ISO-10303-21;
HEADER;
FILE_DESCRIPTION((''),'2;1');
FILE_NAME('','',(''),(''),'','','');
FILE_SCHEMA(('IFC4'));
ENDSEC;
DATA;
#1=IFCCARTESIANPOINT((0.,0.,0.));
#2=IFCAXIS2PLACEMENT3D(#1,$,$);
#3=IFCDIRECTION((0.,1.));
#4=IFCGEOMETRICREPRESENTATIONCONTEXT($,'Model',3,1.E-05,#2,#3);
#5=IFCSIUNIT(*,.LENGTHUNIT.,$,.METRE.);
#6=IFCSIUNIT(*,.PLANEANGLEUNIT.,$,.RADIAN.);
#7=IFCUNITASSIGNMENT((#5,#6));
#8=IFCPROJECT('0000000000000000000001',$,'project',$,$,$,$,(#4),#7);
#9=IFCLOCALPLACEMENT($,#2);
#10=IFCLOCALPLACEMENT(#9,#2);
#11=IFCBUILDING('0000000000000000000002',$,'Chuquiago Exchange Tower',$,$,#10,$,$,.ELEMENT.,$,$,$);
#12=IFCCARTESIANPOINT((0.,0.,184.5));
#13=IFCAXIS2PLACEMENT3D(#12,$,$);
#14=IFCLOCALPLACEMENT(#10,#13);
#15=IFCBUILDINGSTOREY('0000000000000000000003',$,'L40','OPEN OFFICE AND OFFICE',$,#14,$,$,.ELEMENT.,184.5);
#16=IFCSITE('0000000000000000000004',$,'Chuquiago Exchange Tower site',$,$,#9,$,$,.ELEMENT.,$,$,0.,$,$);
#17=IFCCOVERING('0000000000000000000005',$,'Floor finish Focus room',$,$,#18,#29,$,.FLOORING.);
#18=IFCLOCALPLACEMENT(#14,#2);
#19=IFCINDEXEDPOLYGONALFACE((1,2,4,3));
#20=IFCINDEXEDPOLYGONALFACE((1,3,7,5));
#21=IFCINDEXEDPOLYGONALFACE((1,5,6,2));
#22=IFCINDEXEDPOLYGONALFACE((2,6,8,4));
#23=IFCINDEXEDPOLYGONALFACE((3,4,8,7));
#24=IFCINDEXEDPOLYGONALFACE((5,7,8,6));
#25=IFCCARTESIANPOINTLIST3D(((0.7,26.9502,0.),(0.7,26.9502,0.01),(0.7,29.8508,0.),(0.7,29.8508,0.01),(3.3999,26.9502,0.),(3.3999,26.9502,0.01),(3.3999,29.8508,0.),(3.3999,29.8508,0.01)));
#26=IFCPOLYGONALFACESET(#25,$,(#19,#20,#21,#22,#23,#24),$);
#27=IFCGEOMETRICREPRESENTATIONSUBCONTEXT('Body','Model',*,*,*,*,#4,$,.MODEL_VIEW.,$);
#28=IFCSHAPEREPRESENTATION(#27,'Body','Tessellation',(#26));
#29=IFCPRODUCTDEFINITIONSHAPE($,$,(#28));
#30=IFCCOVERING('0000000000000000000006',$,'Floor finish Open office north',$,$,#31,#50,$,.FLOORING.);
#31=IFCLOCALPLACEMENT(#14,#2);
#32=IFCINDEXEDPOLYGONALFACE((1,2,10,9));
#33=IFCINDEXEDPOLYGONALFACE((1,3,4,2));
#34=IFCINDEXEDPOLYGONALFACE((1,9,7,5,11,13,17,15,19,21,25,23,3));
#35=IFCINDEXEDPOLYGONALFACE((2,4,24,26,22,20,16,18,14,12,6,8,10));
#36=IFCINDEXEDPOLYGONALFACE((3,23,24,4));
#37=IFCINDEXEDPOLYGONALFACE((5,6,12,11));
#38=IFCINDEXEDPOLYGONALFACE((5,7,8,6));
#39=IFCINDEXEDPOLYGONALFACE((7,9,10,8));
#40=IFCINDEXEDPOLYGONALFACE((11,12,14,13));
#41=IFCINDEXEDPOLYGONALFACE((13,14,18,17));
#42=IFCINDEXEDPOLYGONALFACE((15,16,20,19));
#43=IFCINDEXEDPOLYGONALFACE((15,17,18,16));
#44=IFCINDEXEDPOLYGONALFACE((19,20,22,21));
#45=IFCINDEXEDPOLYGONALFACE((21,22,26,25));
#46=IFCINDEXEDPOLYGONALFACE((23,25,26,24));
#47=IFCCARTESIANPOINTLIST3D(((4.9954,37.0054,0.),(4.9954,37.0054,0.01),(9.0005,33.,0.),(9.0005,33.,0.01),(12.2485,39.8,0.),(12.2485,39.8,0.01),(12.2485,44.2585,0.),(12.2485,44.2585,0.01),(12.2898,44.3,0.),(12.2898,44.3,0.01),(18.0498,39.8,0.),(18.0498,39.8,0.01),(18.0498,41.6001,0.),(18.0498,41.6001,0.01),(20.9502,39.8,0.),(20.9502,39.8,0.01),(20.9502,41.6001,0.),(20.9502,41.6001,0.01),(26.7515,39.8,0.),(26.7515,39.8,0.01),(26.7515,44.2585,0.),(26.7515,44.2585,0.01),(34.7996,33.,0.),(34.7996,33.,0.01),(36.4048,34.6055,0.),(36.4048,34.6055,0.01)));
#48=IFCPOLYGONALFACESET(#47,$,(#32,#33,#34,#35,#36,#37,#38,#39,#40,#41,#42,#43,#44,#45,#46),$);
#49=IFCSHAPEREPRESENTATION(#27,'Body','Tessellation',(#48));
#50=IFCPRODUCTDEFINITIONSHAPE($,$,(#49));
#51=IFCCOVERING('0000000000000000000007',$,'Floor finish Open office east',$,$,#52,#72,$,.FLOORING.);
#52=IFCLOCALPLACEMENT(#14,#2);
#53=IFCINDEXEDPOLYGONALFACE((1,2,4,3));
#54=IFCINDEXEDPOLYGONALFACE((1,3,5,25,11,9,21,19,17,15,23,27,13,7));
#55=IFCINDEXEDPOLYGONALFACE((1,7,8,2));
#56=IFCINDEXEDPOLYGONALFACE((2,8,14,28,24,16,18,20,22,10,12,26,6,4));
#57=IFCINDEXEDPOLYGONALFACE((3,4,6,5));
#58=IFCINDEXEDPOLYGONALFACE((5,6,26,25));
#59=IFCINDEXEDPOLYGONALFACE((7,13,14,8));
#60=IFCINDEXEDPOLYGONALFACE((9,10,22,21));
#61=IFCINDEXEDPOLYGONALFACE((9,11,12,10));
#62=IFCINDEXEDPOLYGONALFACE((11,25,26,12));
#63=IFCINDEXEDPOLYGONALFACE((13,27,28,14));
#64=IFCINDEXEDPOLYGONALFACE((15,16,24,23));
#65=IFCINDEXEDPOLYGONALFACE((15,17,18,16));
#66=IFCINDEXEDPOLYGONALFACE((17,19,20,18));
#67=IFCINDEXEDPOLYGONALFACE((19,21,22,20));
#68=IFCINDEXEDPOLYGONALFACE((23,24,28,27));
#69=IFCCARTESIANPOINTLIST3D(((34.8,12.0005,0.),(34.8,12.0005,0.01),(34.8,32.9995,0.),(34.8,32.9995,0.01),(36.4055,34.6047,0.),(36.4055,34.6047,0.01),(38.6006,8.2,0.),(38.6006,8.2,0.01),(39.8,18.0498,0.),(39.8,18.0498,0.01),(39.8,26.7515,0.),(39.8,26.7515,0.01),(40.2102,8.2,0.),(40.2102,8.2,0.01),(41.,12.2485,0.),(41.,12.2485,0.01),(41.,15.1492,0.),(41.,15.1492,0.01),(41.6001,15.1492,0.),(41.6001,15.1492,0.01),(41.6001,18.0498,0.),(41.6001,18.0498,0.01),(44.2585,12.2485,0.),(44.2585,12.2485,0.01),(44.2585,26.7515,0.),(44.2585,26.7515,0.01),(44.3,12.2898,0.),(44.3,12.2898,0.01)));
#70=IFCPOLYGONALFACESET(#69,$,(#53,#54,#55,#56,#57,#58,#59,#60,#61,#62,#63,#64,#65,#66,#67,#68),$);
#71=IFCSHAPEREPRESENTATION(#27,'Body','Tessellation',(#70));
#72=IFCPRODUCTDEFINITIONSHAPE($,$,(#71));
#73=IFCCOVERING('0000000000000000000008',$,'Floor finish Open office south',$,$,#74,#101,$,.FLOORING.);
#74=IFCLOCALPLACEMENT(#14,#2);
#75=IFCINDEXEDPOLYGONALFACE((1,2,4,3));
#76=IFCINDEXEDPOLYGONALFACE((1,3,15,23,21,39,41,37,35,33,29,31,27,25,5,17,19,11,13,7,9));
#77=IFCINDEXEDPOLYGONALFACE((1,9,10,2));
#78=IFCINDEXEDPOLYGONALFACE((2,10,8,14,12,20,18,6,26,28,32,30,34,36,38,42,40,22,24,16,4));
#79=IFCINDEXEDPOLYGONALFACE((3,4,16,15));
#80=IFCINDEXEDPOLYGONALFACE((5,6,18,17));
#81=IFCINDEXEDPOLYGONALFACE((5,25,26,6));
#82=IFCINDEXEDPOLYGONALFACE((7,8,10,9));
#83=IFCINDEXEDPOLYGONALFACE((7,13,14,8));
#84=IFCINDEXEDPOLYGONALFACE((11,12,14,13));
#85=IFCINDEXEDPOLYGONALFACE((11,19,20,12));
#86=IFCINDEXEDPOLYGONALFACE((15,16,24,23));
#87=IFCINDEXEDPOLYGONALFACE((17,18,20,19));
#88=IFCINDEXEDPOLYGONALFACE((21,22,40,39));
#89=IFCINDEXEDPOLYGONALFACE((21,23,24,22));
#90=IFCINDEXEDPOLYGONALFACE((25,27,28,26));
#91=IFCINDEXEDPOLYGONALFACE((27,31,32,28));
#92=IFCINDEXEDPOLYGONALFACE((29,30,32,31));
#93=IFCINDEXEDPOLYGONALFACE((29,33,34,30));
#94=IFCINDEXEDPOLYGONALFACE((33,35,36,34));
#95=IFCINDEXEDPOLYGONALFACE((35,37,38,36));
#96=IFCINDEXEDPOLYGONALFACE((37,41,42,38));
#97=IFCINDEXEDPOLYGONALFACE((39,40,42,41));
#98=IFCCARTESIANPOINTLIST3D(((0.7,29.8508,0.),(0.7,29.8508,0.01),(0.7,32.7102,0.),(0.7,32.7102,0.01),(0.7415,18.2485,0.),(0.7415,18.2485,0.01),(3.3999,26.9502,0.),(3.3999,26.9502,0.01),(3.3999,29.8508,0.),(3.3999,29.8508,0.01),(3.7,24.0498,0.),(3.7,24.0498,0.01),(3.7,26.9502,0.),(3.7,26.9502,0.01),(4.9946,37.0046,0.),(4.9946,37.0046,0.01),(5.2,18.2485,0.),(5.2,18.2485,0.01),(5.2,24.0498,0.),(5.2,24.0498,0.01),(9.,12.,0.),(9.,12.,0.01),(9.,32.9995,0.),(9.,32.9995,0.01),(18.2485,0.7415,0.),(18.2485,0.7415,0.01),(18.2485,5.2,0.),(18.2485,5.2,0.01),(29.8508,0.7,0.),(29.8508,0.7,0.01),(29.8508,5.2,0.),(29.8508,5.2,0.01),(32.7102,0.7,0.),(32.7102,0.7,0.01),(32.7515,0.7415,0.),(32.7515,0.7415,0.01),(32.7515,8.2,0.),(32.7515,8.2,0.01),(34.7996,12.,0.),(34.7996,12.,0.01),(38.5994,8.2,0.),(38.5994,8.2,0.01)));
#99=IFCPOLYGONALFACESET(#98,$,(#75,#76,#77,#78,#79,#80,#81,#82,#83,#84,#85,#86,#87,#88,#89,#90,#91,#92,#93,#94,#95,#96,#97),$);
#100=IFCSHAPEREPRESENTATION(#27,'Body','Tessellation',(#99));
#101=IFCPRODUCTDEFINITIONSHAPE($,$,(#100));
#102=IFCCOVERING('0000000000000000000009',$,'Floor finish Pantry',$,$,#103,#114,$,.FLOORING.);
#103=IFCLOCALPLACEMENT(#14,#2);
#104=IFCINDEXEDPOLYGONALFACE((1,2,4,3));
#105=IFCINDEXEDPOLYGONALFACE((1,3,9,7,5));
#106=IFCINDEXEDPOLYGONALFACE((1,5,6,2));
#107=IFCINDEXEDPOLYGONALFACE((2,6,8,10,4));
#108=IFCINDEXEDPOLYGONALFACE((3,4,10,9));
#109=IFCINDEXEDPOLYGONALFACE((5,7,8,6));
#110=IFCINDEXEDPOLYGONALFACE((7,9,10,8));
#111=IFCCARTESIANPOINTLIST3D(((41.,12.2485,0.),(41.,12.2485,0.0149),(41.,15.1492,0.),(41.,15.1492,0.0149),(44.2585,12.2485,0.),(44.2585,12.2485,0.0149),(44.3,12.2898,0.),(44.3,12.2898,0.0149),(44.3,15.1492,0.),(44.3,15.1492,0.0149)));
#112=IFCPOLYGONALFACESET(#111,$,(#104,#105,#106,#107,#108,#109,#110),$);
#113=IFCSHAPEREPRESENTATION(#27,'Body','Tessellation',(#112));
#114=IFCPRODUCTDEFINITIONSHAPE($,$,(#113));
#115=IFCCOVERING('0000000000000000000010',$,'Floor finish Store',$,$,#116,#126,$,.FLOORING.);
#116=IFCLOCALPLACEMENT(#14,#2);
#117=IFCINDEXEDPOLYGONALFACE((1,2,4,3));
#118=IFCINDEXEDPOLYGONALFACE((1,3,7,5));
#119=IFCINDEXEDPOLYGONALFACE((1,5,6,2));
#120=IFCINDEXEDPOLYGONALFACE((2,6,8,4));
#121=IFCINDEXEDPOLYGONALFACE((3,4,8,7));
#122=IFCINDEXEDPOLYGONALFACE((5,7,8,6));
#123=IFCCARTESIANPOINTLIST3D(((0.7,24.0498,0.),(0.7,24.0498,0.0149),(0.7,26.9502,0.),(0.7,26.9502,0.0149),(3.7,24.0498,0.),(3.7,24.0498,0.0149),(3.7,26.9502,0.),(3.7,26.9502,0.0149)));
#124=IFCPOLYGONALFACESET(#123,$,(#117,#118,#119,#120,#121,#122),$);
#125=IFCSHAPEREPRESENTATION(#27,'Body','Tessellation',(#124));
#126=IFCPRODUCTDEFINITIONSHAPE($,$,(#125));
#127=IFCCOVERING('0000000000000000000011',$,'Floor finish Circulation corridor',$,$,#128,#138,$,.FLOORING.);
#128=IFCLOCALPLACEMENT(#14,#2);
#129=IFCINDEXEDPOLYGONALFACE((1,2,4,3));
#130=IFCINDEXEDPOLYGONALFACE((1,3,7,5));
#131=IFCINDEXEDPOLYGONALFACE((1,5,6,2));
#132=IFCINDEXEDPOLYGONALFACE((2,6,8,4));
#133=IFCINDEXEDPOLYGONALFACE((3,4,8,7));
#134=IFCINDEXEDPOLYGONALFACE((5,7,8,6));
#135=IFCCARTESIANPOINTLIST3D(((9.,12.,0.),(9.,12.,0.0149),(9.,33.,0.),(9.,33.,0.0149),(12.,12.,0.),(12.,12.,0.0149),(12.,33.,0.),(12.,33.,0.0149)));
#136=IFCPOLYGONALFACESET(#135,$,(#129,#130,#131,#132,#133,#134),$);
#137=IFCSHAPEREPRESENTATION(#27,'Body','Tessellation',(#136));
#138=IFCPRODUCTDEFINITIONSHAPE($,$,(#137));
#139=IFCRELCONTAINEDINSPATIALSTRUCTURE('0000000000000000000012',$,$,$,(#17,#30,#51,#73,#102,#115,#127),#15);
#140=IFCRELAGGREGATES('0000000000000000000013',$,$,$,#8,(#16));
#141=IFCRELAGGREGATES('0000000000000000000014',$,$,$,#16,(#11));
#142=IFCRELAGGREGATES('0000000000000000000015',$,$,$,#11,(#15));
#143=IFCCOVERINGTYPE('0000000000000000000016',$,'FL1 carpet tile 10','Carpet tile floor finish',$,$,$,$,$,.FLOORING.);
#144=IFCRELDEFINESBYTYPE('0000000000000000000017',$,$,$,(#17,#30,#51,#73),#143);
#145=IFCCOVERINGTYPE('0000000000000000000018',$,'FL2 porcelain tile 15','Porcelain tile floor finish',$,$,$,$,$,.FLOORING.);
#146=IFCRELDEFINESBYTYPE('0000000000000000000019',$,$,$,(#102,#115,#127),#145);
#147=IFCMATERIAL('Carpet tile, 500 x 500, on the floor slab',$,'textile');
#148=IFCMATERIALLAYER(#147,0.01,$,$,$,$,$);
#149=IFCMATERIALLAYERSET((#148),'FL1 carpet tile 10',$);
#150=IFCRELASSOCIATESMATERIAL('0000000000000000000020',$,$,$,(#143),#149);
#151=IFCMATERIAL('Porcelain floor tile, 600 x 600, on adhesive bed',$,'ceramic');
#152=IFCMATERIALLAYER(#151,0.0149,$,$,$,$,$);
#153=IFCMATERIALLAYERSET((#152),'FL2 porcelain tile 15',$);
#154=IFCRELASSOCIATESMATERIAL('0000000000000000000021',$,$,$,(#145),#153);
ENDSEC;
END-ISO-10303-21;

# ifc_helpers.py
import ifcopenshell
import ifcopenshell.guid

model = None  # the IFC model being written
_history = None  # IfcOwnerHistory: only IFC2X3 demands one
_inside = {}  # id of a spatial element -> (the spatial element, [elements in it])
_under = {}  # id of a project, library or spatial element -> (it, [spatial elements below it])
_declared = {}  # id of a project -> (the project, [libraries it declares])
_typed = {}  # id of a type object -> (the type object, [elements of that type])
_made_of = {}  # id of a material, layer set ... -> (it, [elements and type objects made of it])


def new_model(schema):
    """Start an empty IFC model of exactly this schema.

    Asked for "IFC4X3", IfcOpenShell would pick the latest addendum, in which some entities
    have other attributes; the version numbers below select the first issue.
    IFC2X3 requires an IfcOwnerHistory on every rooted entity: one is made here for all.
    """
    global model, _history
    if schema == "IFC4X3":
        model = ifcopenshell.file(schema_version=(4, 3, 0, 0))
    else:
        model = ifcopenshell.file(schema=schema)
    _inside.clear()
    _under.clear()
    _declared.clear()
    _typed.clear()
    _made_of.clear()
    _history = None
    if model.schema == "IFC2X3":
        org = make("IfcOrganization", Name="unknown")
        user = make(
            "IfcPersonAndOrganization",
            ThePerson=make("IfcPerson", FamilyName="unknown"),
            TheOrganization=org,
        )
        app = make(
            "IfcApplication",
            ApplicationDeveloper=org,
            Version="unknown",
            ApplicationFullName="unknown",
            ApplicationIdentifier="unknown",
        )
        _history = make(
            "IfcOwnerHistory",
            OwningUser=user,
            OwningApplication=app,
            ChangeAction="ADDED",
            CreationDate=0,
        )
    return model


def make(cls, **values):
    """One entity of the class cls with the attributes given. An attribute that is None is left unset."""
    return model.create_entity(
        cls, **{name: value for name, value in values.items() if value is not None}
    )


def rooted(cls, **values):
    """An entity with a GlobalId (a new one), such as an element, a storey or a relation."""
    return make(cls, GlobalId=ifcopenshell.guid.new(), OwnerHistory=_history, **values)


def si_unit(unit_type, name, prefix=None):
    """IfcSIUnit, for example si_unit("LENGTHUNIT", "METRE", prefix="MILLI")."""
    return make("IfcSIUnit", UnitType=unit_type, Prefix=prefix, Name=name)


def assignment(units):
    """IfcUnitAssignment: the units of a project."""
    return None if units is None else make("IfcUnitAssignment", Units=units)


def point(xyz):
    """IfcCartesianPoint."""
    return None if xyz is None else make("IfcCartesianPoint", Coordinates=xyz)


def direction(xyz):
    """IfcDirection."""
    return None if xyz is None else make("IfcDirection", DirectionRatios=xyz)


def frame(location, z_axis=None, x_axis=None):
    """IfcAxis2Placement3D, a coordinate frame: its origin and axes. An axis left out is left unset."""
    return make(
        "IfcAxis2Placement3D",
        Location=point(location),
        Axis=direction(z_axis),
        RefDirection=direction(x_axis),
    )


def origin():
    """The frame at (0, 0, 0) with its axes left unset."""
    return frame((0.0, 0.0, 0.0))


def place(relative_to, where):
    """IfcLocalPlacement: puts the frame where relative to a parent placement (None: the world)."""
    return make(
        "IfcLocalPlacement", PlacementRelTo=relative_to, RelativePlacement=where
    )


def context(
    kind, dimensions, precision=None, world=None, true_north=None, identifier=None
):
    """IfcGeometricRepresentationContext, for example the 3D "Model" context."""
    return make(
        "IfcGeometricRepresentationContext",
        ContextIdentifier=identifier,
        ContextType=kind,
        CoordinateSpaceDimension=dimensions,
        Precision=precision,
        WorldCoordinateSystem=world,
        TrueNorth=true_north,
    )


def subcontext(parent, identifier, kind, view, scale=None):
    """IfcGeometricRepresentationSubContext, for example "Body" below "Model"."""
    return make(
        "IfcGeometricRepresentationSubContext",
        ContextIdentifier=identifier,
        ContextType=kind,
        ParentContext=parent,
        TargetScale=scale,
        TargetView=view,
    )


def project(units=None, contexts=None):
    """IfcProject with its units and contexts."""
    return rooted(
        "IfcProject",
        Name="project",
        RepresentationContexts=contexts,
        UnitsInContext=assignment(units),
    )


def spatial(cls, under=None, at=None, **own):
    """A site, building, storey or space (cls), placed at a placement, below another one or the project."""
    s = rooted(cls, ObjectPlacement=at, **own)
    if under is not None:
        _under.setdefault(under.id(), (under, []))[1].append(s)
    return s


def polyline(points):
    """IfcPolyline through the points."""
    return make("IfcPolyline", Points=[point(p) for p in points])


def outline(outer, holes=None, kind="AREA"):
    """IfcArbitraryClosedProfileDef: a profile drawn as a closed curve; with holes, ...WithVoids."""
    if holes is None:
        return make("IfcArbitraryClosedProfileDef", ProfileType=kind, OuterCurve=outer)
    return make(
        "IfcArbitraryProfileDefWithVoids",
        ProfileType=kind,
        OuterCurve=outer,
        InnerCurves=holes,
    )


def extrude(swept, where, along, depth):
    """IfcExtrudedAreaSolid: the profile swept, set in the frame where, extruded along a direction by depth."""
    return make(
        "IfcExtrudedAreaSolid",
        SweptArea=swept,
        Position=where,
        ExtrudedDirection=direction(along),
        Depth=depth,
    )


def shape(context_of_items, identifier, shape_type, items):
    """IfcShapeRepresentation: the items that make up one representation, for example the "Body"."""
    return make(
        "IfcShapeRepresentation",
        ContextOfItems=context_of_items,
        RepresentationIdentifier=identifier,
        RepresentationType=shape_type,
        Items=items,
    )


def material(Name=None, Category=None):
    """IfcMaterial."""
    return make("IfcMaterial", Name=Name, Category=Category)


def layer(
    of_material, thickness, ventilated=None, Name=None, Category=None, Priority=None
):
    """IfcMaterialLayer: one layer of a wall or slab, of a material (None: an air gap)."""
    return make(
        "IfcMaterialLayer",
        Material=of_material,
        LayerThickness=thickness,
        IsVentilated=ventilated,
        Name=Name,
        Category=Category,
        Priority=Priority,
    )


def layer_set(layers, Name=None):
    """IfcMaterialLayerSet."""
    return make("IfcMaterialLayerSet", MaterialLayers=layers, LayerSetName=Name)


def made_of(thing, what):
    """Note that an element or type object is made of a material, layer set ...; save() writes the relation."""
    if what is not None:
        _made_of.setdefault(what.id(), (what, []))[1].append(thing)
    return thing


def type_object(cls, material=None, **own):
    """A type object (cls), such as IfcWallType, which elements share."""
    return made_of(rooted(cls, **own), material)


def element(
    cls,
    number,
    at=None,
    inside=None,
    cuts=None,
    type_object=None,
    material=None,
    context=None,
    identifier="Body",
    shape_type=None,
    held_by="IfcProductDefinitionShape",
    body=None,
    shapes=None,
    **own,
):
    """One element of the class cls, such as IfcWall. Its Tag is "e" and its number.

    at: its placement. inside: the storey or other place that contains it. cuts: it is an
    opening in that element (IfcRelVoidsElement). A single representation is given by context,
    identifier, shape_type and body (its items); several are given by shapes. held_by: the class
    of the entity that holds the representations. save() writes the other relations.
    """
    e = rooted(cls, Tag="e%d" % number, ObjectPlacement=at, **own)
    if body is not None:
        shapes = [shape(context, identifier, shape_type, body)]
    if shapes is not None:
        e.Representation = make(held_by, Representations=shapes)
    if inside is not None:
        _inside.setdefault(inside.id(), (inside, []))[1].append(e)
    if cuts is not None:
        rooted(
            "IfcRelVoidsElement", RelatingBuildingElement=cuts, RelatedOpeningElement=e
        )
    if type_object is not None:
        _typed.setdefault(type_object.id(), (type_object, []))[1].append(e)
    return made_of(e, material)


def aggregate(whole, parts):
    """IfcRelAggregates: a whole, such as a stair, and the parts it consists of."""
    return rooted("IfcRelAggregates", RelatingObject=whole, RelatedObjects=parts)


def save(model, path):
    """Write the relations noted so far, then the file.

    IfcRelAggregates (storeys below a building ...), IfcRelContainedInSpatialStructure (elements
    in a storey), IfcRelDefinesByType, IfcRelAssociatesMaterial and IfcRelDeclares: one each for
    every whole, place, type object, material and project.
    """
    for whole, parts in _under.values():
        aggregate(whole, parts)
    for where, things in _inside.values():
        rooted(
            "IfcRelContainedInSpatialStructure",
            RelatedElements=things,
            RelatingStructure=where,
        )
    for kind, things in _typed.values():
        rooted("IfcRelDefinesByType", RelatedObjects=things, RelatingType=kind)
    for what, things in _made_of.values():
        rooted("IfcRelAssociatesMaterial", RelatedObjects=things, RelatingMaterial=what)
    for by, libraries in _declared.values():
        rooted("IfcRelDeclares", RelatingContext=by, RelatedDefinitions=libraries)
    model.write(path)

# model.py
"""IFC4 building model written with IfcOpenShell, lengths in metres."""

from ifc_helpers import new_model, si_unit, direction, frame, origin, place, context, subcontext, project, spatial, polyline, outline, extrude, material, layer, layer_set, type_object, element, save


model = new_model("IFC4")

# Units and contexts
model_context = context("Model", 3, precision=1e-05, world=origin(), true_north=direction((0.0, 1.0)))
body_context = subcontext(model_context, "Body", "Model", "MODEL_VIEW")
ifc_project = project(units=[si_unit("LENGTHUNIT", "METRE"), si_unit("PLANEANGLEUNIT", "RADIAN")], contexts=[model_context])

# Site, building, storey
site_placement = place(None, origin())
site = spatial("IfcSite", under=ifc_project, at=site_placement, Name="Chuquiago Exchange Tower site", CompositionType="ELEMENT", RefElevation=0.0)
building_placement = place(site_placement, origin())
building = spatial("IfcBuilding", under=site, at=building_placement, Name="Chuquiago Exchange Tower", CompositionType="ELEMENT")
storey_placement = place(building_placement, frame((0.0, 0.0, 184.5)))
storey = spatial("IfcBuildingStorey", under=building, at=storey_placement, Name="L40", Description="OPEN OFFICE AND OFFICE", CompositionType="ELEMENT", Elevation=184.5)

# Coverings
ifc_material_1 = material(Name="Carpet tile, 500 x 500, on the floor slab", Category="textile")
ifc_layer_1 = layer(ifc_material_1, 0.01)
ifc_layer_set_1 = layer_set([ifc_layer_1], Name="FL1 carpet tile 10")
covering_type_1 = type_object("IfcCoveringType", Name="FL1 carpet tile 10", Description="Carpet tile floor finish", PredefinedType="FLOORING", material=ifc_layer_set_1)
covering_1_placement = place(storey_placement, origin())
element("IfcCovering", 1, at=covering_1_placement, inside=storey, type_object=covering_type_1, Name="Floor finish Focus room", PredefinedType="FLOORING", context=body_context, shape_type="SweptSolid", body=[
    extrude(outline(polyline([(0.7, 29.8508), (3.3999, 29.8508), (3.3999, 26.9502), (0.7, 26.9502), (0.7, 29.8508)])), origin(), (0.0, 0.0, 1.0), 0.01),
])
covering_2_placement = place(storey_placement, origin())
element("IfcCovering", 2, at=covering_2_placement, inside=storey, type_object=covering_type_1, Name="Floor finish Open office north", PredefinedType="FLOORING", context=body_context, shape_type="SweptSolid", body=[
    extrude(outline(polyline([(12.2485, 44.2585), (12.2485, 39.8), (18.0498, 39.8), (18.0498, 41.6001), (20.9502, 41.6001), (20.9502, 39.8), (26.7515, 39.8), (26.7515, 44.2585), (36.4048, 34.6055), (34.7996, 33.0), (9.0005, 33.0), (4.9954, 37.0054), (12.2898, 44.3), (12.2485, 44.2585)])), origin(), (0.0, 0.0, 1.0), 0.01),
])
covering_3_placement = place(storey_placement, origin())
element("IfcCovering", 3, at=covering_3_placement, inside=storey, type_object=covering_type_1, Name="Floor finish Open office east", PredefinedType="FLOORING", context=body_context, shape_type="SweptSolid", body=[
    extrude(outline(polyline([(44.2585, 26.7515), (39.8, 26.7515), (39.8, 18.0498), (41.6001, 18.0498), (41.6001, 15.1492), (41.0, 15.1492), (41.0, 12.2485), (44.2585, 12.2485), (44.3, 12.2898), (40.2102, 8.2), (38.6006, 8.2), (34.8, 12.0005), (34.8, 32.9995), (36.4055, 34.6047), (44.2585, 26.7515)])), origin(), (0.0, 0.0, 1.0), 0.01),
])
covering_4_placement = place(storey_placement, origin())
element("IfcCovering", 4, at=covering_4_placement, inside=storey, type_object=covering_type_1, Name="Floor finish Open office south", PredefinedType="FLOORING", context=body_context, shape_type="SweptSolid", body=[
    extrude(outline(polyline([(32.7515, 8.2), (32.7515, 0.7415), (32.7102, 0.7), (29.8508, 0.7), (29.8508, 5.2), (18.2485, 5.2), (18.2485, 0.7415), (0.7415, 18.2485), (5.2, 18.2485), (5.2, 24.0498), (3.7, 24.0498), (3.7, 26.9502), (3.3999, 26.9502), (3.3999, 29.8508), (0.7, 29.8508), (0.7, 32.7102), (4.9946, 37.0046), (9.0, 32.9995), (9.0, 12.0), (34.7996, 12.0), (38.5994, 8.2), (32.7515, 8.2)])), origin(), (0.0, 0.0, 1.0), 0.01),
])
ifc_material_2 = material(Name="Porcelain floor tile, 600 x 600, on adhesive bed", Category="ceramic")
ifc_layer_2 = layer(ifc_material_2, 0.0149)
ifc_layer_set_2 = layer_set([ifc_layer_2], Name="FL2 porcelain tile 15")
covering_type_2 = type_object("IfcCoveringType", Name="FL2 porcelain tile 15", Description="Porcelain tile floor finish", PredefinedType="FLOORING", material=ifc_layer_set_2)
covering_5_placement = place(storey_placement, origin())
element("IfcCovering", 5, at=covering_5_placement, inside=storey, type_object=covering_type_2, Name="Floor finish Pantry", PredefinedType="FLOORING", context=body_context, shape_type="SweptSolid", body=[
    extrude(outline(polyline([(44.3, 12.2898), (44.2585, 12.2485), (41.0, 12.2485), (41.0, 15.1492), (44.3, 15.1492), (44.3, 12.2898)])), origin(), (0.0, 0.0, 1.0), 0.0149),
])
covering_6_placement = place(storey_placement, origin())
element("IfcCovering", 6, at=covering_6_placement, inside=storey, type_object=covering_type_2, Name="Floor finish Store", PredefinedType="FLOORING", context=body_context, shape_type="SweptSolid", body=[
    extrude(outline(polyline([(0.7, 26.9502), (3.7, 26.9502), (3.7, 24.0498), (0.7, 24.0498), (0.7, 26.9502)])), origin(), (0.0, 0.0, 1.0), 0.0149),
])
covering_7_placement = place(storey_placement, origin())
element("IfcCovering", 7, at=covering_7_placement, inside=storey, type_object=covering_type_2, Name="Floor finish Circulation corridor", PredefinedType="FLOORING", context=body_context, shape_type="SweptSolid", body=[
    extrude(outline(polyline([(12.0, 12.0), (9.0, 12.0), (9.0, 33.0), (12.0, 33.0), (12.0, 12.0)])), origin(), (0.0, 0.0, 1.0), 0.0149),
])

save(model, "model.ifc")
